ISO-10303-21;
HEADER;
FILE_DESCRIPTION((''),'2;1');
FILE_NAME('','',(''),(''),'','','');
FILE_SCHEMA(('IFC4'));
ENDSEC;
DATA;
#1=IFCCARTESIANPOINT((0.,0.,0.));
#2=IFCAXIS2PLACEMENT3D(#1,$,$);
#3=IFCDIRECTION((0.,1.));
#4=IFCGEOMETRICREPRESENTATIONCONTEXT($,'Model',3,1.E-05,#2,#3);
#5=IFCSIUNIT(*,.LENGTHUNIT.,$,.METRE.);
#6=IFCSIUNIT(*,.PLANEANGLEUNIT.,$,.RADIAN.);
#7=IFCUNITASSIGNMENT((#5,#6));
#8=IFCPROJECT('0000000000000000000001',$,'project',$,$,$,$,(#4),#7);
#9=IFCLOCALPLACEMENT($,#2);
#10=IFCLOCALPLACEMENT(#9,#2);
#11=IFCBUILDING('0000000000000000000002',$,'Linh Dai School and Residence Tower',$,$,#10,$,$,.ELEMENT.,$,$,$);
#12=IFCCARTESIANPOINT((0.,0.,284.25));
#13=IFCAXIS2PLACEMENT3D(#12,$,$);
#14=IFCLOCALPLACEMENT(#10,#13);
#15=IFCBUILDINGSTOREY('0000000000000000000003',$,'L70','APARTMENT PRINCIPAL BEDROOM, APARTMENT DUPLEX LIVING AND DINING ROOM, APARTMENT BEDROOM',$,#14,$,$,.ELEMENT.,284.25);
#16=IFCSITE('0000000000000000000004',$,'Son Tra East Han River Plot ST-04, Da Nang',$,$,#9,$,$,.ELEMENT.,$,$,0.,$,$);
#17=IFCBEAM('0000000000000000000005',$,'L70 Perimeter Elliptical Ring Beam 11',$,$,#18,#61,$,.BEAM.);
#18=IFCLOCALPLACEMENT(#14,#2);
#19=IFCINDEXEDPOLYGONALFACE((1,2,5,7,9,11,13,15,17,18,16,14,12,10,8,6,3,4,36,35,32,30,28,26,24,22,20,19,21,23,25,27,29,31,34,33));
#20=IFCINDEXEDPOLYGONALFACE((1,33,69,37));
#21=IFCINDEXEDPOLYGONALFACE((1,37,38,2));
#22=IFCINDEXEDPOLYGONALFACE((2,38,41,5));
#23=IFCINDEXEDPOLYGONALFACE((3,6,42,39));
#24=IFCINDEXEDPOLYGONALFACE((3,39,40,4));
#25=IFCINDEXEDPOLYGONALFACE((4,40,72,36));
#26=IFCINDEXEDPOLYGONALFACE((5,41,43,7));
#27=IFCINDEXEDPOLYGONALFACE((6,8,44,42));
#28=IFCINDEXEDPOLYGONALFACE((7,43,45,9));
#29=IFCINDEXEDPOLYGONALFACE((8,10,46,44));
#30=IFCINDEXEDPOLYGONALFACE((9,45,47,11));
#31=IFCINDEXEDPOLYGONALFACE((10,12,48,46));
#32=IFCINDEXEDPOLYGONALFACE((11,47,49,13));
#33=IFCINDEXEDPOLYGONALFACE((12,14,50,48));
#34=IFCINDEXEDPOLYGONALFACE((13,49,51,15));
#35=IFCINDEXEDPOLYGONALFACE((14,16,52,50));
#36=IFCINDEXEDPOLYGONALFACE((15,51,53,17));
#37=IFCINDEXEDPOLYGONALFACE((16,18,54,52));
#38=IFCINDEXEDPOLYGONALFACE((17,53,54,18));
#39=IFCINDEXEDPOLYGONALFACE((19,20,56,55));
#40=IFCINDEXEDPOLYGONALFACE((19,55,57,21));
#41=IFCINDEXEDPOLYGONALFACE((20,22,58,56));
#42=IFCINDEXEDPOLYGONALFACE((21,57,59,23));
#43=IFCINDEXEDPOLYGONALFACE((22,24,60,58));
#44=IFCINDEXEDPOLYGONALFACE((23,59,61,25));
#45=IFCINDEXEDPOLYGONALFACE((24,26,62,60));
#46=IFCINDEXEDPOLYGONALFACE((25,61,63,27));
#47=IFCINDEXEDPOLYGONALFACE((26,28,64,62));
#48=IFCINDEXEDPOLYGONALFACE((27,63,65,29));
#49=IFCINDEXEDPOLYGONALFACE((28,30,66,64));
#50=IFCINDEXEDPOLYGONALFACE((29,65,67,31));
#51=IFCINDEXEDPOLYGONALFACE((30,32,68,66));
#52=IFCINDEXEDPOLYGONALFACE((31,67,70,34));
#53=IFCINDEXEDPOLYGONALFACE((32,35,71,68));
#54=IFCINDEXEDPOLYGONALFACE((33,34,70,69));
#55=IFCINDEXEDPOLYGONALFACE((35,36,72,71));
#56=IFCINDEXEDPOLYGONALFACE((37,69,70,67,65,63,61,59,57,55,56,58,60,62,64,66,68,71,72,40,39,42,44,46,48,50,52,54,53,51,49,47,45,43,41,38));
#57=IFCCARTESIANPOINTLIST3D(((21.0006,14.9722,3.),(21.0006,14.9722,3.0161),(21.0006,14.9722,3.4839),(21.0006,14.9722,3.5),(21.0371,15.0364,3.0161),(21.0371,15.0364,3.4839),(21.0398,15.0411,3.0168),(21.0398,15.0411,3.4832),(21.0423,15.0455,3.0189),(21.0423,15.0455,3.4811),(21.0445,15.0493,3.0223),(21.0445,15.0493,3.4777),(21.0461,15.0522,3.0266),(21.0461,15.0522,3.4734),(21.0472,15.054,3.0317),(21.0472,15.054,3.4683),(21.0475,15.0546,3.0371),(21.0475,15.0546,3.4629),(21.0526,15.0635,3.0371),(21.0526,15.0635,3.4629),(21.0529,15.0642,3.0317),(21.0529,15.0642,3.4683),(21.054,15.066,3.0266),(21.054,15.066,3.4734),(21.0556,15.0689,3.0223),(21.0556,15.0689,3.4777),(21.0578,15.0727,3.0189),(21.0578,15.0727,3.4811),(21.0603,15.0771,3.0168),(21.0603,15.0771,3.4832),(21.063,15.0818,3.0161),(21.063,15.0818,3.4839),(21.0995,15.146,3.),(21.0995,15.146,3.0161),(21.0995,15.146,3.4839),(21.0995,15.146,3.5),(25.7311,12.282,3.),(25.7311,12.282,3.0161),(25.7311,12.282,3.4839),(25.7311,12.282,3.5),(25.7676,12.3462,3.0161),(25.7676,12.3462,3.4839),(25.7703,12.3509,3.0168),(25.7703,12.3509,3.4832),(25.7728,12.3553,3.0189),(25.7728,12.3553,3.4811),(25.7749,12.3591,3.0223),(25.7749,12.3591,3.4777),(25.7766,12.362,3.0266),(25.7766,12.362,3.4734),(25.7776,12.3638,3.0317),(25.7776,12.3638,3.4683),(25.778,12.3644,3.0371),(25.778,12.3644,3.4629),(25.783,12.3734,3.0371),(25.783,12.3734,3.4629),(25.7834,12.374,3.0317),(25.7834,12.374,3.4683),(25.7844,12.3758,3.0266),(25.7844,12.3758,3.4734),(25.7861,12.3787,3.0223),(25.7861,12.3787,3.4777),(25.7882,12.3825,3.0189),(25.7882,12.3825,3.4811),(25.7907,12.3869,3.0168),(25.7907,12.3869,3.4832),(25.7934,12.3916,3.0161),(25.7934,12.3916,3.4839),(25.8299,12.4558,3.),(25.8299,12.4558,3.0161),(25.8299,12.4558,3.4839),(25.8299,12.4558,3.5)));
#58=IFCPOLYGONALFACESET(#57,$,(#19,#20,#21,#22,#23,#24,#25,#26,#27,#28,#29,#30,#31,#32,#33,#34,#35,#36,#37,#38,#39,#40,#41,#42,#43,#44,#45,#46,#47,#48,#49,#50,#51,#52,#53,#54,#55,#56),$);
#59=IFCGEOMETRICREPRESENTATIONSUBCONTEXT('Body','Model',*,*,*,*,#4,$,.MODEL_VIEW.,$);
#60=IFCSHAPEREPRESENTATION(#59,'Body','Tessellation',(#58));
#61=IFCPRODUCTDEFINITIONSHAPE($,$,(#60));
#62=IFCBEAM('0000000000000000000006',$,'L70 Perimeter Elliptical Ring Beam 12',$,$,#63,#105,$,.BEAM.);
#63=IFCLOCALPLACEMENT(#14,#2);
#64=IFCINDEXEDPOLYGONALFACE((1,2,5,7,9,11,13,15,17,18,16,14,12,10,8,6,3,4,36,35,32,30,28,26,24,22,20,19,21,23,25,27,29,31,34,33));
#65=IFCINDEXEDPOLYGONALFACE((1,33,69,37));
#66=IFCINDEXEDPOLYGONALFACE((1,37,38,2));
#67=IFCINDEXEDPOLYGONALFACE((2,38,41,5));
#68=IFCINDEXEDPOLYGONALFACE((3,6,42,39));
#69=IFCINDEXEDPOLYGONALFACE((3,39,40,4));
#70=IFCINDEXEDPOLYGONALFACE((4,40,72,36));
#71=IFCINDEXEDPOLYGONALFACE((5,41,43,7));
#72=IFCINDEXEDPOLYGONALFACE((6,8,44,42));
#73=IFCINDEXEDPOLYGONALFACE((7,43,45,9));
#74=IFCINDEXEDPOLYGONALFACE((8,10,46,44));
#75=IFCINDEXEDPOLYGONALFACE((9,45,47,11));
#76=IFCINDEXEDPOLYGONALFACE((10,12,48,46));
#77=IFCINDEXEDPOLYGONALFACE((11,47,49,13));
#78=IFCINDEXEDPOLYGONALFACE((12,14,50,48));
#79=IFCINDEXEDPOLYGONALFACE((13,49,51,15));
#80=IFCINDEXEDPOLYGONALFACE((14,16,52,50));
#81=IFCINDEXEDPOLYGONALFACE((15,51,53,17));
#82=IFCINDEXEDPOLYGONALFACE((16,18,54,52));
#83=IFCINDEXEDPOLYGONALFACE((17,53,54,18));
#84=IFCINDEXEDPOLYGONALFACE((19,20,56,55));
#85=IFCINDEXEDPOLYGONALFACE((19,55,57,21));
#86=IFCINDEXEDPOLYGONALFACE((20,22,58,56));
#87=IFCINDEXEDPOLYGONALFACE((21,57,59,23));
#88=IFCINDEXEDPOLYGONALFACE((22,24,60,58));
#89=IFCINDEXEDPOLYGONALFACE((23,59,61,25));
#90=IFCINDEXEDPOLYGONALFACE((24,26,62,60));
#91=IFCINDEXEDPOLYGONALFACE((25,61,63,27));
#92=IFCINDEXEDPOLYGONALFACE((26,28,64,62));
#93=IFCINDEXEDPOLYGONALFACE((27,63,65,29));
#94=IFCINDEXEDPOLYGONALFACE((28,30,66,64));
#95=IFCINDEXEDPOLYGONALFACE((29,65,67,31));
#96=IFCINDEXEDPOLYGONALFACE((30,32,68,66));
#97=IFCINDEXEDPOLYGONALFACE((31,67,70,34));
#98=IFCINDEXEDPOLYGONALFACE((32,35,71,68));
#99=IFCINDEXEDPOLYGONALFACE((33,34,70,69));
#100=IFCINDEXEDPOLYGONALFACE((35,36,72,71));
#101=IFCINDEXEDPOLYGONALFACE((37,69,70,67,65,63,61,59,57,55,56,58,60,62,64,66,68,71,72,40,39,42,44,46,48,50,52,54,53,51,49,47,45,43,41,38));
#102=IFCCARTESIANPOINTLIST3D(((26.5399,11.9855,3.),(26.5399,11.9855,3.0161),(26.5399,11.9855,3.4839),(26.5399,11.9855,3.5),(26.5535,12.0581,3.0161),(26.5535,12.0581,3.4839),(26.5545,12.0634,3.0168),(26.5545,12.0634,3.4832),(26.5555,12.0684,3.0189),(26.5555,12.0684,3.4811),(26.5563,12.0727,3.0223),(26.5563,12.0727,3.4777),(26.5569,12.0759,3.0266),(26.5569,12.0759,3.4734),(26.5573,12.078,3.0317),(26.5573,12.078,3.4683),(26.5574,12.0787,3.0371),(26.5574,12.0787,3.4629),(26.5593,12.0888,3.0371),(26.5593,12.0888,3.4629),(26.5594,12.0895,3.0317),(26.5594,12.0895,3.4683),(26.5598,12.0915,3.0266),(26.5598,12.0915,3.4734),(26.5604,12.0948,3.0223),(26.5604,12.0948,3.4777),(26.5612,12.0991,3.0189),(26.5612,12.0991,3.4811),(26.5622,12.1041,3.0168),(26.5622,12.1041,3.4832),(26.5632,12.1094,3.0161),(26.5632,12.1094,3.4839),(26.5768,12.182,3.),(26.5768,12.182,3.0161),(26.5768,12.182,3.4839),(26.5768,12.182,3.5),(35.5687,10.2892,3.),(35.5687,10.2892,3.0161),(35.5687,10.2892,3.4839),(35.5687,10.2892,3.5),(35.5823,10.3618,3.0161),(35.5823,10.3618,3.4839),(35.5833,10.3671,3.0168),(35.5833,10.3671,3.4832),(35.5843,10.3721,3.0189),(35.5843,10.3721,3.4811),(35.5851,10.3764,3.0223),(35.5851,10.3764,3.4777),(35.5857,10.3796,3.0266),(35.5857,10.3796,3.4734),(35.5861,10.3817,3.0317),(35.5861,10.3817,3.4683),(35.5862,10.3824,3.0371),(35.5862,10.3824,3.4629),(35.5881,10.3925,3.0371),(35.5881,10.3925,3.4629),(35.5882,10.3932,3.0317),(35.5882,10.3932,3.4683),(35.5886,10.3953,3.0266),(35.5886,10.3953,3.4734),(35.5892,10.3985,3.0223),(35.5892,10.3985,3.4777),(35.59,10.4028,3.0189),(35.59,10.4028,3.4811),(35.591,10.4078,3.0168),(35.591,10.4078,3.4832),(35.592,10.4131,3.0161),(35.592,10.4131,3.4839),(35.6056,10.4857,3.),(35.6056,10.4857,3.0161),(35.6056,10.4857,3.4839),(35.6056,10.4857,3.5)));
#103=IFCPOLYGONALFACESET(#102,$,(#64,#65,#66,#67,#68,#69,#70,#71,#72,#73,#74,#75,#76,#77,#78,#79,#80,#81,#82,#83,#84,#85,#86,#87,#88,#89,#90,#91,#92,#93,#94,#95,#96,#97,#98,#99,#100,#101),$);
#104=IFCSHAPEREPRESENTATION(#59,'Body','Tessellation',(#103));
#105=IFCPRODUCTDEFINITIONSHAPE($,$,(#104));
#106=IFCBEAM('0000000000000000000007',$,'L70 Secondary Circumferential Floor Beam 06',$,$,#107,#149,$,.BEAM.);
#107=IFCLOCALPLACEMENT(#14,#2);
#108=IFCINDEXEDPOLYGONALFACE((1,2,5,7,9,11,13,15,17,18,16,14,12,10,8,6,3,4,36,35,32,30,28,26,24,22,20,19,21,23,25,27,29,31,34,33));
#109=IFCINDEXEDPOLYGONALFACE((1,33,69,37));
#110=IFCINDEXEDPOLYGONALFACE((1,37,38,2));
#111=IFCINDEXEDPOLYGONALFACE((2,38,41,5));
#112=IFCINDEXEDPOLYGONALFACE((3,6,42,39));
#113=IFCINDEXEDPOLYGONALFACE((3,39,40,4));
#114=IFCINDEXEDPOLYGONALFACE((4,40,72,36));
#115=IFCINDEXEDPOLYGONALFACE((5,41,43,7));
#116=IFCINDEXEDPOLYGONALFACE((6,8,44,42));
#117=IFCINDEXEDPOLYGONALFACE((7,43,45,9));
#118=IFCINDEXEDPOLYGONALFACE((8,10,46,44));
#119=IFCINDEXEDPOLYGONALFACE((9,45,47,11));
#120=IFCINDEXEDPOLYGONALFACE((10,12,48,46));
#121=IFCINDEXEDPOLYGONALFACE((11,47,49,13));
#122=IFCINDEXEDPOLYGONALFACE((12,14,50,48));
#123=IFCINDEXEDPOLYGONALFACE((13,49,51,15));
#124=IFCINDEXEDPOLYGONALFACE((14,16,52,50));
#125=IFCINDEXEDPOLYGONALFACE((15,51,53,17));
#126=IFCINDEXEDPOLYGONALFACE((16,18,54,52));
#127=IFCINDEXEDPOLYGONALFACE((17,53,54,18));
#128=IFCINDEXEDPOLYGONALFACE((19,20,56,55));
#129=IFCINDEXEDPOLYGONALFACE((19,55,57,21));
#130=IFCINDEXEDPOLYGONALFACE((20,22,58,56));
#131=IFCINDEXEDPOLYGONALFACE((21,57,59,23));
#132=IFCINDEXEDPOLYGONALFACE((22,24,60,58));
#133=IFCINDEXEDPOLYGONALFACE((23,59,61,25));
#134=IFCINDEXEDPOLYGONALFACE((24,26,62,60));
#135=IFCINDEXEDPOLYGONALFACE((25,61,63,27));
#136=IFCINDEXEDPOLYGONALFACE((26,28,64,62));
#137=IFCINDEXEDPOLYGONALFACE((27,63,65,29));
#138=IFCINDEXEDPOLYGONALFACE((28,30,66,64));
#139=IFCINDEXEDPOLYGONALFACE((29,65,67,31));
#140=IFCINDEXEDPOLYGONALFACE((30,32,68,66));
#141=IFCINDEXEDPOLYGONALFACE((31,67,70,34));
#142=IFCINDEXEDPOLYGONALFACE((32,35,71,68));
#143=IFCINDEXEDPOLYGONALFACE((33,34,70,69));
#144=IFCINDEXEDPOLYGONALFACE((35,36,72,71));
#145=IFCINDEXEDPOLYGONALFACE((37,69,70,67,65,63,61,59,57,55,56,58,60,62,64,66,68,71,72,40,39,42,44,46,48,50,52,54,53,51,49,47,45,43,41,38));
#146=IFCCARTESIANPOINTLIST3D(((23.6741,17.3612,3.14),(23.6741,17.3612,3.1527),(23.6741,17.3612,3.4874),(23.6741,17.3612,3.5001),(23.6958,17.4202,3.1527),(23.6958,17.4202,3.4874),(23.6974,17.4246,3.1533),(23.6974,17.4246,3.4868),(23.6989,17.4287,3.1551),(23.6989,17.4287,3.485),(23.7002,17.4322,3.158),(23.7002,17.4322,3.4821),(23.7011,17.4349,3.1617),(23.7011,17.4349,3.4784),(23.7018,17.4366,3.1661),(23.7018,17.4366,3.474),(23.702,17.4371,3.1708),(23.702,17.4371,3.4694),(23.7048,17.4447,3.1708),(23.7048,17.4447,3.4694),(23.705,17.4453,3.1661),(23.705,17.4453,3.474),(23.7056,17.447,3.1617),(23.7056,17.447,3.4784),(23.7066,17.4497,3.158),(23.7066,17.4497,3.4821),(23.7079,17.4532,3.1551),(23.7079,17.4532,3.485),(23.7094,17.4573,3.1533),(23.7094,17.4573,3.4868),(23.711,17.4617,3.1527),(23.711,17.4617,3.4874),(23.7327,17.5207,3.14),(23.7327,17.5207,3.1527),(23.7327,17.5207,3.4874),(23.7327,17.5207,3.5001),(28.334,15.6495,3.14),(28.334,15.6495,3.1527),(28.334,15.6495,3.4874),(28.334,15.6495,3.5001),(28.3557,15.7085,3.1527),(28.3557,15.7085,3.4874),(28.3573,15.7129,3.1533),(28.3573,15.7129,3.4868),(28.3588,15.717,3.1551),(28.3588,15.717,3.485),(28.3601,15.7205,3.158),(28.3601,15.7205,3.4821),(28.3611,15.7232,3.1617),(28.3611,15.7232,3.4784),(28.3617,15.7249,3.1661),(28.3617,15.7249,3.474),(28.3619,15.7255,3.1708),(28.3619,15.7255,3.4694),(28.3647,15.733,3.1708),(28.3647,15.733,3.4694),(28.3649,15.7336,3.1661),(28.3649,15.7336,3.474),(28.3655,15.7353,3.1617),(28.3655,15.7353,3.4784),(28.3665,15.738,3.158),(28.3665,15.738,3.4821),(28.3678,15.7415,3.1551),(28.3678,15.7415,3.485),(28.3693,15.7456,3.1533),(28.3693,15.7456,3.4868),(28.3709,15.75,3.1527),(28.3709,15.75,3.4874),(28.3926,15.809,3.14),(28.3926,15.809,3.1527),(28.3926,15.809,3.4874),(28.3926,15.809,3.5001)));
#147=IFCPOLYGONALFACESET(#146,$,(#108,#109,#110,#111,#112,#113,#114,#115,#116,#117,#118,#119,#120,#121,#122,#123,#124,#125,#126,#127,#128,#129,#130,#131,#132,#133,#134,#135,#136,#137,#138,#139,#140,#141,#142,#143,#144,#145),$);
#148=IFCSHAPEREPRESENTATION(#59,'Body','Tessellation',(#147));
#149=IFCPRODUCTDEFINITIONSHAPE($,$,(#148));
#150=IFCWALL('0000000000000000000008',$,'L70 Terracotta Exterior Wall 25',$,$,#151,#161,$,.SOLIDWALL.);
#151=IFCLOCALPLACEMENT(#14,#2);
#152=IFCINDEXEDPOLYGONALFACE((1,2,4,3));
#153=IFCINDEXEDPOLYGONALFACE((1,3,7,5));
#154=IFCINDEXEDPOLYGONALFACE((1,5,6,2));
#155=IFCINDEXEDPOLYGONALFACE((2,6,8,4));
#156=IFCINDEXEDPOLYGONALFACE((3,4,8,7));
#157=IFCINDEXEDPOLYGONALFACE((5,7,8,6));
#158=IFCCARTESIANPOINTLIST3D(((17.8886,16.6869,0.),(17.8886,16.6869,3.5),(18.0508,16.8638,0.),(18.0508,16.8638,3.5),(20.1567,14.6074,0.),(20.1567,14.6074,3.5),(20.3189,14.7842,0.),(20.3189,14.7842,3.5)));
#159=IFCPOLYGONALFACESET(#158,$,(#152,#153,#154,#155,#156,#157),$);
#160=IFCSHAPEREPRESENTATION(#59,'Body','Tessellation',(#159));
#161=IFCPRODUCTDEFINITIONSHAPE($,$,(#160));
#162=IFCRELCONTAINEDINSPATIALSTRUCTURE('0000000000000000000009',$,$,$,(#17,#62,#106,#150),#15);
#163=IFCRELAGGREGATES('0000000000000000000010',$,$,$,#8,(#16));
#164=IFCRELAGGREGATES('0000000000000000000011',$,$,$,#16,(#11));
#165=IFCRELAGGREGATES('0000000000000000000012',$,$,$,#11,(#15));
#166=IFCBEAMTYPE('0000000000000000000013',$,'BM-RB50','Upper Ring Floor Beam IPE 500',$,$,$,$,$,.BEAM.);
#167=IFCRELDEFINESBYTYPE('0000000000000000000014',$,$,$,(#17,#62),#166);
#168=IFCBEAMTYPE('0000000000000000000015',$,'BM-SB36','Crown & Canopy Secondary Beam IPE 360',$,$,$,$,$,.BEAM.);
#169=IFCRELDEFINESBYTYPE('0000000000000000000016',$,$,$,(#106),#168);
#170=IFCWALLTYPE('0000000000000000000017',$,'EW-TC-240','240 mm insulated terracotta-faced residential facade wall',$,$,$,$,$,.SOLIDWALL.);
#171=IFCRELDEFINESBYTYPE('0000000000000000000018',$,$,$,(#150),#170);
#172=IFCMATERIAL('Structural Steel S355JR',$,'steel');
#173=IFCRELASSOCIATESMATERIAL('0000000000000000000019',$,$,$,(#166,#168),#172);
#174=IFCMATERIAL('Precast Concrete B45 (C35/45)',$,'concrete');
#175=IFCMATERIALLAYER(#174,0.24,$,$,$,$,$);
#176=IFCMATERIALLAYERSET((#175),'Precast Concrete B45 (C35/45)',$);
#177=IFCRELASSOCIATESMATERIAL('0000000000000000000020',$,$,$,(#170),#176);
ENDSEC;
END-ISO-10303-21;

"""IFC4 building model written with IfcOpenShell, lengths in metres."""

from ifc_helpers import new_model, si_unit, direction, frame, frame_2d, origin, origin_2d, place, context, subcontext, project, spatial, rectangle, i_section, extrude, material, layer, layer_set, material_profile, profile_set, type_object, element, save


model = new_model("IFC4")

# Units and contexts
model_context = context("Model", 3, precision=1e-05, world=origin(), true_north=direction((0.0, 1.0)))
body_context = subcontext(model_context, "Body", "Model", "MODEL_VIEW")
ifc_project = project(units=[si_unit("LENGTHUNIT", "METRE"), si_unit("PLANEANGLEUNIT", "RADIAN")], contexts=[model_context])

# Site, building, storey
site_placement = place(None, origin())
site = spatial("IfcSite", under=ifc_project, at=site_placement, Name="Son Tra East Han River Plot ST-04, Da Nang", CompositionType="ELEMENT", RefElevation=0.0)
building_placement = place(site_placement, origin())
building = spatial("IfcBuilding", under=site, at=building_placement, Name="Linh Dai School and Residence Tower", CompositionType="ELEMENT")
storey_placement = place(building_placement, frame((0.0, 0.0, 284.25)))
storey = spatial("IfcBuildingStorey", under=building, at=storey_placement, Name="L70", Description="APARTMENT PRINCIPAL BEDROOM, APARTMENT DUPLEX LIVING AND DINING ROOM, APARTMENT BEDROOM", CompositionType="ELEMENT", Elevation=284.25)

# Shared definitions
ifc_material_1 = material(Name="Structural Steel S355JR", Category="steel")

# Beams
ifc_material_profile_1 = material_profile(ifc_material_1, i_section(OverallWidth=0.2, OverallDepth=0.5, WebThickness=0.0103, FlangeThickness=0.0161, FilletRadius=0.021, at=origin_2d()), Name="IPE 500")
ifc_profile_set_1 = profile_set([ifc_material_profile_1], Name="Structural Steel S355JR")
beam_type_1 = type_object("IfcBeamType", Name="BM-RB50", Description="Upper Ring Floor Beam IPE 500", PredefinedType="BEAM", material=ifc_profile_set_1)
beam_1_placement = place(storey_placement, frame((21.05, 15.0591, 3.25), z_axis=(0.869266, -0.494345, 0.0), x_axis=(0.494345, 0.869266, 0.0)))
element("IfcBeam", 1, at=beam_1_placement, inside=storey, type_object=beam_type_1, Name="L70 Perimeter Elliptical Ring Beam 11", PredefinedType="BEAM", context=body_context, shape_type="SweptSolid", body=[
    extrude(i_section(OverallWidth=0.2, OverallDepth=0.5, WebThickness=0.0103, FlangeThickness=0.0161, FilletRadius=0.021, at=origin_2d()), origin(), (0.0, 0.0, 1.0), 5.4419),
])
beam_2_placement = place(storey_placement, frame((26.5583, 12.0837, 3.25), z_axis=(0.982805, -0.184645, 0.0), x_axis=(0.184645, 0.982805, 0.0)))
element("IfcBeam", 2, at=beam_2_placement, inside=storey, type_object=beam_type_1, Name="L70 Perimeter Elliptical Ring Beam 12", PredefinedType="BEAM", context=body_context, shape_type="SweptSolid", body=[
    extrude(i_section(OverallWidth=0.2, OverallDepth=0.5, WebThickness=0.0103, FlangeThickness=0.0161, FilletRadius=0.021, at=origin_2d()), origin(), (0.0, 0.0, 1.0), 9.1868),
])
ifc_material_profile_2 = material_profile(ifc_material_1, i_section(OverallWidth=0.1699, OverallDepth=0.3601, WebThickness=0.0081, FlangeThickness=0.0127, FilletRadius=0.0181, at=origin_2d()), Name="IPE 360")
ifc_profile_set_2 = profile_set([ifc_material_profile_2], Name="Structural Steel S355JR")
beam_type_2 = type_object("IfcBeamType", Name="BM-SB36", Description="Crown & Canopy Secondary Beam IPE 360", PredefinedType="BEAM", material=ifc_profile_set_2)
beam_3_placement = place(storey_placement, frame((23.7034, 17.4409, 3.3201), z_axis=(0.938679, -0.344794, 0.0), x_axis=(0.344794, 0.938679, 0.0)))
element("IfcBeam", 3, at=beam_3_placement, inside=storey, type_object=beam_type_2, Name="L70 Secondary Circumferential Floor Beam 06", PredefinedType="BEAM", context=body_context, shape_type="SweptSolid", body=[
    extrude(i_section(OverallWidth=0.1699, OverallDepth=0.3601, WebThickness=0.0081, FlangeThickness=0.0127, FilletRadius=0.0181, at=origin_2d()), origin(), (0.0, 0.0, 1.0), 4.9644),
])

# Wall
ifc_material_2 = material(Name="Precast Concrete B45 (C35/45)", Category="concrete")
ifc_layer_1 = layer(ifc_material_2, 0.24)
ifc_layer_set_1 = layer_set([ifc_layer_1], Name="Precast Concrete B45 (C35/45)")
wall_type_1 = type_object("IfcWallType", Name="EW-TC-240", Description="240 mm insulated terracotta-faced residential facade wall", PredefinedType="SOLIDWALL", material=ifc_layer_set_1)
wall_1_placement = place(storey_placement, frame((20.2378, 14.6958, 0.0), z_axis=(0.0, 0.0, 1.0), x_axis=(-0.737069, 0.675818, 0.0)))
element("IfcWall", 4, at=wall_1_placement, inside=storey, type_object=wall_type_1, Name="L70 Terracotta Exterior Wall 25", PredefinedType="SOLIDWALL", context=body_context, shape_type="SweptSolid", body=[
    extrude(rectangle(XDim=3.0771, YDim=0.24, at=frame_2d((1.5386, 0.0))), origin(), (0.0, 0.0, 1.0), 3.5),
])

save(model, "model.ifc")
